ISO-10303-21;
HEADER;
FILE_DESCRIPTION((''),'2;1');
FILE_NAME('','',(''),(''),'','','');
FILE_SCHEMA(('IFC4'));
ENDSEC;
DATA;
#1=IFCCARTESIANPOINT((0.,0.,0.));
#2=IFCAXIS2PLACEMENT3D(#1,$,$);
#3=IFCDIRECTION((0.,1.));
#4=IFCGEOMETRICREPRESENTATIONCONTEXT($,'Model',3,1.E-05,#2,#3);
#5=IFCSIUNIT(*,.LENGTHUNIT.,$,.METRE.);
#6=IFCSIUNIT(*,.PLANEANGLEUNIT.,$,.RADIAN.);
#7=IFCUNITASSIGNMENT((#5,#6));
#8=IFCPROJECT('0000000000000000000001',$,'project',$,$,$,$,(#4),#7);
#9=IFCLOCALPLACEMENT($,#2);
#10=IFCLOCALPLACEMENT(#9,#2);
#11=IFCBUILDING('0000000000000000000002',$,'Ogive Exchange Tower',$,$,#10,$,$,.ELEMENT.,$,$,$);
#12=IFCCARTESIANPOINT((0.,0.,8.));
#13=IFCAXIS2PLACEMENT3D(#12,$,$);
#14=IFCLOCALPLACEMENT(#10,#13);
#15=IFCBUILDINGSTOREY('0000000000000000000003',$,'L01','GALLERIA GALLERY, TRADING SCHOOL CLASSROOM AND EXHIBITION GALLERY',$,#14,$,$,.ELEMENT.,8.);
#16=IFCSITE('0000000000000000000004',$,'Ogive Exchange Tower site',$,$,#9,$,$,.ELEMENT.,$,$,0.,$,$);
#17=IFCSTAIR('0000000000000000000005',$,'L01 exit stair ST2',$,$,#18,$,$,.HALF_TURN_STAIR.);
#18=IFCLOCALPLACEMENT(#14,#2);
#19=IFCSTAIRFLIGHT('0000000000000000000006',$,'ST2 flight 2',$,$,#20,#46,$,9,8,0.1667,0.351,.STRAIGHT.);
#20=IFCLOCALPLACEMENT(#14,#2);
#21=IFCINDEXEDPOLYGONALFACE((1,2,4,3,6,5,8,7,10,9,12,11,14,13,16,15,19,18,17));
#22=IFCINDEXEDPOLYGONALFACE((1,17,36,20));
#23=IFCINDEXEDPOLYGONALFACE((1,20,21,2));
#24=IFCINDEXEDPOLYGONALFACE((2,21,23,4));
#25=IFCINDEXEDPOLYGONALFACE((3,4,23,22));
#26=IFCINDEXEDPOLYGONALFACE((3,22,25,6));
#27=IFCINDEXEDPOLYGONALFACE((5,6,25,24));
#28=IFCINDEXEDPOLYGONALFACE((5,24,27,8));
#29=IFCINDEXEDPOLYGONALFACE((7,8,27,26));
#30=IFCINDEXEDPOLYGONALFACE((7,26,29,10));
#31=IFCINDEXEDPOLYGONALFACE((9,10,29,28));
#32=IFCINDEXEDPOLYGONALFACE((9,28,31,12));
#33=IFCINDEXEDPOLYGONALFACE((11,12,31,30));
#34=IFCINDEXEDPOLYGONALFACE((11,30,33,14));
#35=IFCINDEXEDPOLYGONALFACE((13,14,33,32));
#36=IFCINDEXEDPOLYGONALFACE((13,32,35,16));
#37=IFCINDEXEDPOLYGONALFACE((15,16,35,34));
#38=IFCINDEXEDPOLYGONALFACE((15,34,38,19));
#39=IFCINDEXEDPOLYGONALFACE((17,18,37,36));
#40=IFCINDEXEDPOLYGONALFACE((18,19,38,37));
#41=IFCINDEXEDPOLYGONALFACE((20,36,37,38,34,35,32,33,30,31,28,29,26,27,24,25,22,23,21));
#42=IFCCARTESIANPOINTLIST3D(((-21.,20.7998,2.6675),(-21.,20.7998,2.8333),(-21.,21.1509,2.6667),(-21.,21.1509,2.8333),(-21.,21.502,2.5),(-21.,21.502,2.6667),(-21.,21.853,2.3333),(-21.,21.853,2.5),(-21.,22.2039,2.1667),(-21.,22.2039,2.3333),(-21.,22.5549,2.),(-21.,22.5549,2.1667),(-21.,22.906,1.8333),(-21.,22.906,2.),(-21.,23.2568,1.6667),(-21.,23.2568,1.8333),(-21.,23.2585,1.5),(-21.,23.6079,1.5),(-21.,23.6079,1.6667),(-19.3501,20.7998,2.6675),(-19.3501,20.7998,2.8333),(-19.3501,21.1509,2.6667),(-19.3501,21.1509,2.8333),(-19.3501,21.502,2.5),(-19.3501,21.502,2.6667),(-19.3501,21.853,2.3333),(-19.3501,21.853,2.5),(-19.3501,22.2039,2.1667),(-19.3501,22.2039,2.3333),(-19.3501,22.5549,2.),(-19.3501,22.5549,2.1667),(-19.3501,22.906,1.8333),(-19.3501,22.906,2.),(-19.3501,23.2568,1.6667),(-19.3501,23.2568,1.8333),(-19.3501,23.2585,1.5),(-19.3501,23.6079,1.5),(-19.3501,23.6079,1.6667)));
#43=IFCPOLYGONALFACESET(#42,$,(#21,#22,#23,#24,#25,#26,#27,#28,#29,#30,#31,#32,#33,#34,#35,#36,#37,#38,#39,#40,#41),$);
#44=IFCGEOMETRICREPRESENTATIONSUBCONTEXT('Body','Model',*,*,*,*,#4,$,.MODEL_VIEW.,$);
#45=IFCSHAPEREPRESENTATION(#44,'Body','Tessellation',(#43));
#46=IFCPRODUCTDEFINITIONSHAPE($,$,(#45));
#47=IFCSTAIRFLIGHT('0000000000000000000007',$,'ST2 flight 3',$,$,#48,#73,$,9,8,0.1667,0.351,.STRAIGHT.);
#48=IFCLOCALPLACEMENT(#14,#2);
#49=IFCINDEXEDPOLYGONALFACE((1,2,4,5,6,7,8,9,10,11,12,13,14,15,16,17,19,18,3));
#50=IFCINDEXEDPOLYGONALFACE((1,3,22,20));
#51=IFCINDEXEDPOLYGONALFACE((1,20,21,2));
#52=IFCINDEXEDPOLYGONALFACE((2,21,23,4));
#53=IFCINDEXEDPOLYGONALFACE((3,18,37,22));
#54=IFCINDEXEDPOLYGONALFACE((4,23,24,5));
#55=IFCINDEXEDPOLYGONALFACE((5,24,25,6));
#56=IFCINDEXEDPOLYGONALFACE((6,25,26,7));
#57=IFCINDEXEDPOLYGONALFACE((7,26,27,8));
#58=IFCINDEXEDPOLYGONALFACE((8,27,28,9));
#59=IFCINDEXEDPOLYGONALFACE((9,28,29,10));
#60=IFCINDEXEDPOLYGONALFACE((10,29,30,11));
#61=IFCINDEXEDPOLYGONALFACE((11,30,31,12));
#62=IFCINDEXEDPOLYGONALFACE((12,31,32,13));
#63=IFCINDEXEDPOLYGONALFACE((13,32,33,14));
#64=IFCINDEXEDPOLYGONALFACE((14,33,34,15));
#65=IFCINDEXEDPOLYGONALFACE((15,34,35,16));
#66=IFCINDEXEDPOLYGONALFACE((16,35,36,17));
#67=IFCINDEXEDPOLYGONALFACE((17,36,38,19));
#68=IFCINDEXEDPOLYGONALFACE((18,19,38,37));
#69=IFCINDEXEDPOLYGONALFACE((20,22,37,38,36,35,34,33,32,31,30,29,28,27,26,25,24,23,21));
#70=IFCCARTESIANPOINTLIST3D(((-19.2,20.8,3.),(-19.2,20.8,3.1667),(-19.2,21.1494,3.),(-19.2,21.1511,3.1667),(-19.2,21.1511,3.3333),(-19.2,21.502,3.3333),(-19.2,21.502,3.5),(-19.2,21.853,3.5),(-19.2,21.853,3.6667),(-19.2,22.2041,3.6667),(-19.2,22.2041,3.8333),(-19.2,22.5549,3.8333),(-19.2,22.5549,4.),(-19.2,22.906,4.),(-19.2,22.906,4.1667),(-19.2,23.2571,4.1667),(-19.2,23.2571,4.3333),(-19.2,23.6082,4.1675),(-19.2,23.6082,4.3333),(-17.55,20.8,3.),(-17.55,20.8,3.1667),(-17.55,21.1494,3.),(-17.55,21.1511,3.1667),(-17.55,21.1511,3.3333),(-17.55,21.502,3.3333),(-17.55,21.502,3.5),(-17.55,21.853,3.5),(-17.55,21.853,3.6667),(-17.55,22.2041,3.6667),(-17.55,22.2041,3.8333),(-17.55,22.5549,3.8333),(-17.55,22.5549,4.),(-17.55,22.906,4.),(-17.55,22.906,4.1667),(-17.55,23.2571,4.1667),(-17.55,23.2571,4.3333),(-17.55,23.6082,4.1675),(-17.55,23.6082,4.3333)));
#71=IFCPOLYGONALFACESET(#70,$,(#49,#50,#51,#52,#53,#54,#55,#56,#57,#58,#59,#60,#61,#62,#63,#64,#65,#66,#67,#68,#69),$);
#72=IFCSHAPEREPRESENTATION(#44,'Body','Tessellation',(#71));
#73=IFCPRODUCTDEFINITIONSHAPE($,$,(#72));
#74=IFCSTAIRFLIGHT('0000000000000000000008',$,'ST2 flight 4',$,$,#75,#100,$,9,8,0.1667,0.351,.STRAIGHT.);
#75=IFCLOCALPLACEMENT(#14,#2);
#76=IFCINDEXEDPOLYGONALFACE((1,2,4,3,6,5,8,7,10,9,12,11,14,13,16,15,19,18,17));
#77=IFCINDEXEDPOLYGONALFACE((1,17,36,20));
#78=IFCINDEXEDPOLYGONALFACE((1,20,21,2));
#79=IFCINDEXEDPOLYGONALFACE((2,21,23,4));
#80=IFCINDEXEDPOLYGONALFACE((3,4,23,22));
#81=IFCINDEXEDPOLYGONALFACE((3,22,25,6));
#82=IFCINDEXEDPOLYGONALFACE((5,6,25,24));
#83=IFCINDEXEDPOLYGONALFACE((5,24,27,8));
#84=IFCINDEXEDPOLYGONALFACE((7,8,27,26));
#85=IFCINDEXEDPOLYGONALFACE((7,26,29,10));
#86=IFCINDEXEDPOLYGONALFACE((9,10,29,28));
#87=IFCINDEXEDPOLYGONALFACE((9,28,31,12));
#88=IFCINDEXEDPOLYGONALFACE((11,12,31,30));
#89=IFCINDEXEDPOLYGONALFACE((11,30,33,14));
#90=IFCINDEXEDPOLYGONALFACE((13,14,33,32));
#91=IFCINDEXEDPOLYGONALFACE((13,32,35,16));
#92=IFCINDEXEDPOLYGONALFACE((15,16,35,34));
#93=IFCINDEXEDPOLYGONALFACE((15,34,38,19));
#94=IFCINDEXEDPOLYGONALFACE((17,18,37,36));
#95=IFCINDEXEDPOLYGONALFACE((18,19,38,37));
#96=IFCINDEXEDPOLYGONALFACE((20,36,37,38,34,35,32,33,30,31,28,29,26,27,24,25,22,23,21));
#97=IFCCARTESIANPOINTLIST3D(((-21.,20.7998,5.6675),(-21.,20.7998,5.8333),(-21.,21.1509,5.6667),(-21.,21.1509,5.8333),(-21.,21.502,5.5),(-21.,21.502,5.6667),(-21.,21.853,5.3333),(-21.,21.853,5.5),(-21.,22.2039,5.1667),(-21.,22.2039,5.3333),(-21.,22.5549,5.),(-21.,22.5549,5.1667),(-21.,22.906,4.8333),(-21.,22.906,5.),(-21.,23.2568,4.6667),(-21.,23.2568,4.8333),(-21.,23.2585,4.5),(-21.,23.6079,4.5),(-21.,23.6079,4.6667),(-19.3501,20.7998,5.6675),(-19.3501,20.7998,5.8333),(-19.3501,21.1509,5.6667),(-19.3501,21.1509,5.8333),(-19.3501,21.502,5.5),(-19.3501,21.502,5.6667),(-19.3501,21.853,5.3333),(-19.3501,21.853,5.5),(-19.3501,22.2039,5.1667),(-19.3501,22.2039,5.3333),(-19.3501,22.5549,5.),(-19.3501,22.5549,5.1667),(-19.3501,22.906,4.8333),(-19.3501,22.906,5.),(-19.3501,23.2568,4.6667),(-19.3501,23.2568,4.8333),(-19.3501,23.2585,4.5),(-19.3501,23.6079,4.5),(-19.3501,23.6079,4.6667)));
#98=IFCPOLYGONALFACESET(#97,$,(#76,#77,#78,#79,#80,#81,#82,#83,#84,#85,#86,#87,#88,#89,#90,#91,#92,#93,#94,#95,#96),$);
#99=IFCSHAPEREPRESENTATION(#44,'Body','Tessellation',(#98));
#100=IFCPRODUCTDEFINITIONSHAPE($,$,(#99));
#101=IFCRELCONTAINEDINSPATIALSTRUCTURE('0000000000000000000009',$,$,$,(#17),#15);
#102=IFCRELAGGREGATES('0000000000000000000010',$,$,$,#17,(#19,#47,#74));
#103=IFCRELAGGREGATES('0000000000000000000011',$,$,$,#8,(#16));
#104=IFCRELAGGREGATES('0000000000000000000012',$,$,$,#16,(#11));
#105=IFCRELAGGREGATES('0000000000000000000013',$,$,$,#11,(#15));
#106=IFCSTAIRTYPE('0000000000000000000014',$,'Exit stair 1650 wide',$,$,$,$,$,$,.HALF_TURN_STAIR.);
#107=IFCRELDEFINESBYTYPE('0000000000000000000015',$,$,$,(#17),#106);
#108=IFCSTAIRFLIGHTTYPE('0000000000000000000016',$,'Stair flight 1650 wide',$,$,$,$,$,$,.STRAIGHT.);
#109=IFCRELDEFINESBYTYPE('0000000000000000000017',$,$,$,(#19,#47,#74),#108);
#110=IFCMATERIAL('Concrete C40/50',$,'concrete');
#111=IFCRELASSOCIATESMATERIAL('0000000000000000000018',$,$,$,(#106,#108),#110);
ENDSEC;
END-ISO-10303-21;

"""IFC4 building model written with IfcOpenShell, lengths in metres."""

from ifc_helpers import new_model, si_unit, direction, frame, origin, place, context, subcontext, project, spatial, polyline, outline, extrude, material, type_object, element, aggregate, save


model = new_model("IFC4")

# Units and contexts
model_context = context("Model", 3, precision=1e-05, world=origin(), true_north=direction((0.0, 1.0)))
body_context = subcontext(model_context, "Body", "Model", "MODEL_VIEW")
ifc_project = project(units=[si_unit("LENGTHUNIT", "METRE"), si_unit("PLANEANGLEUNIT", "RADIAN")], contexts=[model_context])

# Site, building, storey
site_placement = place(None, origin())
site = spatial("IfcSite", under=ifc_project, at=site_placement, Name="Ogive Exchange Tower site", CompositionType="ELEMENT", RefElevation=0.0)
building_placement = place(site_placement, origin())
building = spatial("IfcBuilding", under=site, at=building_placement, Name="Ogive Exchange Tower", CompositionType="ELEMENT")
storey_placement = place(building_placement, frame((0.0, 0.0, 8.0)))
storey = spatial("IfcBuildingStorey", under=building, at=storey_placement, Name="L01", Description="GALLERIA GALLERY, TRADING SCHOOL CLASSROOM AND EXHIBITION GALLERY", CompositionType="ELEMENT", Elevation=8.0)

# Stair, stair flights
ifc_material_1 = material(Name="Concrete C40/50", Category="concrete")
stair_type = type_object("IfcStairType", Name="Exit stair 1650 wide", PredefinedType="HALF_TURN_STAIR", material=ifc_material_1)
stair_placement = place(storey_placement, origin())
stair = element("IfcStair", 1, at=stair_placement, inside=storey, type_object=stair_type, Name="L01 exit stair ST2", PredefinedType="HALF_TURN_STAIR")
stair_flight_type = type_object("IfcStairFlightType", Name="Stair flight 1650 wide", PredefinedType="STRAIGHT", material=ifc_material_1)
stair_flight_1_placement = place(storey_placement, frame((-20.175, 23.6079, 1.5), z_axis=(0.0, 0.0, 1.0), x_axis=(0.0, -1.0, 0.0)))
stair_flight_1 = element("IfcStairFlight", 2, at=stair_flight_1_placement, type_object=stair_flight_type, Name="ST2 flight 2", NumberOfRisers=9, NumberOfTreads=8, PredefinedType="STRAIGHT", RiserHeight=0.1667, TreadLength=0.351, context=body_context, shape_type="SweptSolid", body=[
    extrude(outline(polyline([(0.0, 0.0), (0.0, 0.1667), (0.3511, 0.1667), (0.3511, 0.3333), (0.7019, 0.3333), (0.7019, 0.5), (1.053, 0.5), (1.053, 0.6667), (1.4041, 0.6667), (1.4041, 0.8333), (1.7549, 0.8333), (1.7549, 1.0), (2.106, 1.0), (2.106, 1.1667), (2.457, 1.1667), (2.457, 1.3333), (2.8081, 1.3333), (2.8081, 1.5), (2.8081, 1.1675), (0.3494, 0.0), (0.0, 0.0)])), frame((0.0, 0.825, 0.0), z_axis=(0.0, -1.0, 0.0), x_axis=(1.0, 0.0, 0.0)), (0.0, 0.0, 1.0), 1.6499),
])
stair_flight_2_placement = place(storey_placement, frame((-18.375, 20.8, 3.0), z_axis=(0.0, 0.0, 1.0), x_axis=(0.0, 1.0, 0.0)))
stair_flight_2 = element("IfcStairFlight", 3, at=stair_flight_2_placement, type_object=stair_flight_type, Name="ST2 flight 3", NumberOfRisers=9, NumberOfTreads=8, PredefinedType="STRAIGHT", RiserHeight=0.1667, TreadLength=0.351, context=body_context, shape_type="SweptSolid", body=[
    extrude(outline(polyline([(0.0, 0.0), (0.0, 0.1667), (0.3511, 0.1667), (0.3511, 0.3333), (0.7019, 0.3333), (0.7019, 0.5), (1.053, 0.5), (1.053, 0.6667), (1.4041, 0.6667), (1.4041, 0.8333), (1.7549, 0.8333), (1.7549, 1.0), (2.106, 1.0), (2.106, 1.1667), (2.457, 1.1667), (2.457, 1.3333), (2.8081, 1.3333), (2.8081, 1.5), (2.8081, 1.1675), (0.3494, 0.0), (0.0, 0.0)])), frame((0.0, 0.825, 0.0), z_axis=(0.0, -1.0, 0.0), x_axis=(1.0, 0.0, 0.0)), (0.0, 0.0, 1.0), 1.6499),
])
stair_flight_3_placement = place(storey_placement, frame((-20.175, 23.6079, 4.5), z_axis=(0.0, 0.0, 1.0), x_axis=(0.0, -1.0, 0.0)))
stair_flight_3 = element("IfcStairFlight", 4, at=stair_flight_3_placement, type_object=stair_flight_type, Name="ST2 flight 4", NumberOfRisers=9, NumberOfTreads=8, PredefinedType="STRAIGHT", RiserHeight=0.1667, TreadLength=0.351, context=body_context, shape_type="SweptSolid", body=[
    extrude(outline(polyline([(0.0, 0.0), (0.0, 0.1667), (0.3511, 0.1667), (0.3511, 0.3333), (0.7019, 0.3333), (0.7019, 0.5), (1.053, 0.5), (1.053, 0.6667), (1.4041, 0.6667), (1.4041, 0.8333), (1.7549, 0.8333), (1.7549, 1.0), (2.106, 1.0), (2.106, 1.1667), (2.457, 1.1667), (2.457, 1.3333), (2.8081, 1.3333), (2.8081, 1.5), (2.8081, 1.1675), (0.3494, 0.0), (0.0, 0.0)])), frame((0.0, 0.825, 0.0), z_axis=(0.0, -1.0, 0.0), x_axis=(1.0, 0.0, 0.0)), (0.0, 0.0, 1.0), 1.6499),
])
aggregate(stair, [stair_flight_1, stair_flight_2, stair_flight_3])

save(model, "model.ifc")
